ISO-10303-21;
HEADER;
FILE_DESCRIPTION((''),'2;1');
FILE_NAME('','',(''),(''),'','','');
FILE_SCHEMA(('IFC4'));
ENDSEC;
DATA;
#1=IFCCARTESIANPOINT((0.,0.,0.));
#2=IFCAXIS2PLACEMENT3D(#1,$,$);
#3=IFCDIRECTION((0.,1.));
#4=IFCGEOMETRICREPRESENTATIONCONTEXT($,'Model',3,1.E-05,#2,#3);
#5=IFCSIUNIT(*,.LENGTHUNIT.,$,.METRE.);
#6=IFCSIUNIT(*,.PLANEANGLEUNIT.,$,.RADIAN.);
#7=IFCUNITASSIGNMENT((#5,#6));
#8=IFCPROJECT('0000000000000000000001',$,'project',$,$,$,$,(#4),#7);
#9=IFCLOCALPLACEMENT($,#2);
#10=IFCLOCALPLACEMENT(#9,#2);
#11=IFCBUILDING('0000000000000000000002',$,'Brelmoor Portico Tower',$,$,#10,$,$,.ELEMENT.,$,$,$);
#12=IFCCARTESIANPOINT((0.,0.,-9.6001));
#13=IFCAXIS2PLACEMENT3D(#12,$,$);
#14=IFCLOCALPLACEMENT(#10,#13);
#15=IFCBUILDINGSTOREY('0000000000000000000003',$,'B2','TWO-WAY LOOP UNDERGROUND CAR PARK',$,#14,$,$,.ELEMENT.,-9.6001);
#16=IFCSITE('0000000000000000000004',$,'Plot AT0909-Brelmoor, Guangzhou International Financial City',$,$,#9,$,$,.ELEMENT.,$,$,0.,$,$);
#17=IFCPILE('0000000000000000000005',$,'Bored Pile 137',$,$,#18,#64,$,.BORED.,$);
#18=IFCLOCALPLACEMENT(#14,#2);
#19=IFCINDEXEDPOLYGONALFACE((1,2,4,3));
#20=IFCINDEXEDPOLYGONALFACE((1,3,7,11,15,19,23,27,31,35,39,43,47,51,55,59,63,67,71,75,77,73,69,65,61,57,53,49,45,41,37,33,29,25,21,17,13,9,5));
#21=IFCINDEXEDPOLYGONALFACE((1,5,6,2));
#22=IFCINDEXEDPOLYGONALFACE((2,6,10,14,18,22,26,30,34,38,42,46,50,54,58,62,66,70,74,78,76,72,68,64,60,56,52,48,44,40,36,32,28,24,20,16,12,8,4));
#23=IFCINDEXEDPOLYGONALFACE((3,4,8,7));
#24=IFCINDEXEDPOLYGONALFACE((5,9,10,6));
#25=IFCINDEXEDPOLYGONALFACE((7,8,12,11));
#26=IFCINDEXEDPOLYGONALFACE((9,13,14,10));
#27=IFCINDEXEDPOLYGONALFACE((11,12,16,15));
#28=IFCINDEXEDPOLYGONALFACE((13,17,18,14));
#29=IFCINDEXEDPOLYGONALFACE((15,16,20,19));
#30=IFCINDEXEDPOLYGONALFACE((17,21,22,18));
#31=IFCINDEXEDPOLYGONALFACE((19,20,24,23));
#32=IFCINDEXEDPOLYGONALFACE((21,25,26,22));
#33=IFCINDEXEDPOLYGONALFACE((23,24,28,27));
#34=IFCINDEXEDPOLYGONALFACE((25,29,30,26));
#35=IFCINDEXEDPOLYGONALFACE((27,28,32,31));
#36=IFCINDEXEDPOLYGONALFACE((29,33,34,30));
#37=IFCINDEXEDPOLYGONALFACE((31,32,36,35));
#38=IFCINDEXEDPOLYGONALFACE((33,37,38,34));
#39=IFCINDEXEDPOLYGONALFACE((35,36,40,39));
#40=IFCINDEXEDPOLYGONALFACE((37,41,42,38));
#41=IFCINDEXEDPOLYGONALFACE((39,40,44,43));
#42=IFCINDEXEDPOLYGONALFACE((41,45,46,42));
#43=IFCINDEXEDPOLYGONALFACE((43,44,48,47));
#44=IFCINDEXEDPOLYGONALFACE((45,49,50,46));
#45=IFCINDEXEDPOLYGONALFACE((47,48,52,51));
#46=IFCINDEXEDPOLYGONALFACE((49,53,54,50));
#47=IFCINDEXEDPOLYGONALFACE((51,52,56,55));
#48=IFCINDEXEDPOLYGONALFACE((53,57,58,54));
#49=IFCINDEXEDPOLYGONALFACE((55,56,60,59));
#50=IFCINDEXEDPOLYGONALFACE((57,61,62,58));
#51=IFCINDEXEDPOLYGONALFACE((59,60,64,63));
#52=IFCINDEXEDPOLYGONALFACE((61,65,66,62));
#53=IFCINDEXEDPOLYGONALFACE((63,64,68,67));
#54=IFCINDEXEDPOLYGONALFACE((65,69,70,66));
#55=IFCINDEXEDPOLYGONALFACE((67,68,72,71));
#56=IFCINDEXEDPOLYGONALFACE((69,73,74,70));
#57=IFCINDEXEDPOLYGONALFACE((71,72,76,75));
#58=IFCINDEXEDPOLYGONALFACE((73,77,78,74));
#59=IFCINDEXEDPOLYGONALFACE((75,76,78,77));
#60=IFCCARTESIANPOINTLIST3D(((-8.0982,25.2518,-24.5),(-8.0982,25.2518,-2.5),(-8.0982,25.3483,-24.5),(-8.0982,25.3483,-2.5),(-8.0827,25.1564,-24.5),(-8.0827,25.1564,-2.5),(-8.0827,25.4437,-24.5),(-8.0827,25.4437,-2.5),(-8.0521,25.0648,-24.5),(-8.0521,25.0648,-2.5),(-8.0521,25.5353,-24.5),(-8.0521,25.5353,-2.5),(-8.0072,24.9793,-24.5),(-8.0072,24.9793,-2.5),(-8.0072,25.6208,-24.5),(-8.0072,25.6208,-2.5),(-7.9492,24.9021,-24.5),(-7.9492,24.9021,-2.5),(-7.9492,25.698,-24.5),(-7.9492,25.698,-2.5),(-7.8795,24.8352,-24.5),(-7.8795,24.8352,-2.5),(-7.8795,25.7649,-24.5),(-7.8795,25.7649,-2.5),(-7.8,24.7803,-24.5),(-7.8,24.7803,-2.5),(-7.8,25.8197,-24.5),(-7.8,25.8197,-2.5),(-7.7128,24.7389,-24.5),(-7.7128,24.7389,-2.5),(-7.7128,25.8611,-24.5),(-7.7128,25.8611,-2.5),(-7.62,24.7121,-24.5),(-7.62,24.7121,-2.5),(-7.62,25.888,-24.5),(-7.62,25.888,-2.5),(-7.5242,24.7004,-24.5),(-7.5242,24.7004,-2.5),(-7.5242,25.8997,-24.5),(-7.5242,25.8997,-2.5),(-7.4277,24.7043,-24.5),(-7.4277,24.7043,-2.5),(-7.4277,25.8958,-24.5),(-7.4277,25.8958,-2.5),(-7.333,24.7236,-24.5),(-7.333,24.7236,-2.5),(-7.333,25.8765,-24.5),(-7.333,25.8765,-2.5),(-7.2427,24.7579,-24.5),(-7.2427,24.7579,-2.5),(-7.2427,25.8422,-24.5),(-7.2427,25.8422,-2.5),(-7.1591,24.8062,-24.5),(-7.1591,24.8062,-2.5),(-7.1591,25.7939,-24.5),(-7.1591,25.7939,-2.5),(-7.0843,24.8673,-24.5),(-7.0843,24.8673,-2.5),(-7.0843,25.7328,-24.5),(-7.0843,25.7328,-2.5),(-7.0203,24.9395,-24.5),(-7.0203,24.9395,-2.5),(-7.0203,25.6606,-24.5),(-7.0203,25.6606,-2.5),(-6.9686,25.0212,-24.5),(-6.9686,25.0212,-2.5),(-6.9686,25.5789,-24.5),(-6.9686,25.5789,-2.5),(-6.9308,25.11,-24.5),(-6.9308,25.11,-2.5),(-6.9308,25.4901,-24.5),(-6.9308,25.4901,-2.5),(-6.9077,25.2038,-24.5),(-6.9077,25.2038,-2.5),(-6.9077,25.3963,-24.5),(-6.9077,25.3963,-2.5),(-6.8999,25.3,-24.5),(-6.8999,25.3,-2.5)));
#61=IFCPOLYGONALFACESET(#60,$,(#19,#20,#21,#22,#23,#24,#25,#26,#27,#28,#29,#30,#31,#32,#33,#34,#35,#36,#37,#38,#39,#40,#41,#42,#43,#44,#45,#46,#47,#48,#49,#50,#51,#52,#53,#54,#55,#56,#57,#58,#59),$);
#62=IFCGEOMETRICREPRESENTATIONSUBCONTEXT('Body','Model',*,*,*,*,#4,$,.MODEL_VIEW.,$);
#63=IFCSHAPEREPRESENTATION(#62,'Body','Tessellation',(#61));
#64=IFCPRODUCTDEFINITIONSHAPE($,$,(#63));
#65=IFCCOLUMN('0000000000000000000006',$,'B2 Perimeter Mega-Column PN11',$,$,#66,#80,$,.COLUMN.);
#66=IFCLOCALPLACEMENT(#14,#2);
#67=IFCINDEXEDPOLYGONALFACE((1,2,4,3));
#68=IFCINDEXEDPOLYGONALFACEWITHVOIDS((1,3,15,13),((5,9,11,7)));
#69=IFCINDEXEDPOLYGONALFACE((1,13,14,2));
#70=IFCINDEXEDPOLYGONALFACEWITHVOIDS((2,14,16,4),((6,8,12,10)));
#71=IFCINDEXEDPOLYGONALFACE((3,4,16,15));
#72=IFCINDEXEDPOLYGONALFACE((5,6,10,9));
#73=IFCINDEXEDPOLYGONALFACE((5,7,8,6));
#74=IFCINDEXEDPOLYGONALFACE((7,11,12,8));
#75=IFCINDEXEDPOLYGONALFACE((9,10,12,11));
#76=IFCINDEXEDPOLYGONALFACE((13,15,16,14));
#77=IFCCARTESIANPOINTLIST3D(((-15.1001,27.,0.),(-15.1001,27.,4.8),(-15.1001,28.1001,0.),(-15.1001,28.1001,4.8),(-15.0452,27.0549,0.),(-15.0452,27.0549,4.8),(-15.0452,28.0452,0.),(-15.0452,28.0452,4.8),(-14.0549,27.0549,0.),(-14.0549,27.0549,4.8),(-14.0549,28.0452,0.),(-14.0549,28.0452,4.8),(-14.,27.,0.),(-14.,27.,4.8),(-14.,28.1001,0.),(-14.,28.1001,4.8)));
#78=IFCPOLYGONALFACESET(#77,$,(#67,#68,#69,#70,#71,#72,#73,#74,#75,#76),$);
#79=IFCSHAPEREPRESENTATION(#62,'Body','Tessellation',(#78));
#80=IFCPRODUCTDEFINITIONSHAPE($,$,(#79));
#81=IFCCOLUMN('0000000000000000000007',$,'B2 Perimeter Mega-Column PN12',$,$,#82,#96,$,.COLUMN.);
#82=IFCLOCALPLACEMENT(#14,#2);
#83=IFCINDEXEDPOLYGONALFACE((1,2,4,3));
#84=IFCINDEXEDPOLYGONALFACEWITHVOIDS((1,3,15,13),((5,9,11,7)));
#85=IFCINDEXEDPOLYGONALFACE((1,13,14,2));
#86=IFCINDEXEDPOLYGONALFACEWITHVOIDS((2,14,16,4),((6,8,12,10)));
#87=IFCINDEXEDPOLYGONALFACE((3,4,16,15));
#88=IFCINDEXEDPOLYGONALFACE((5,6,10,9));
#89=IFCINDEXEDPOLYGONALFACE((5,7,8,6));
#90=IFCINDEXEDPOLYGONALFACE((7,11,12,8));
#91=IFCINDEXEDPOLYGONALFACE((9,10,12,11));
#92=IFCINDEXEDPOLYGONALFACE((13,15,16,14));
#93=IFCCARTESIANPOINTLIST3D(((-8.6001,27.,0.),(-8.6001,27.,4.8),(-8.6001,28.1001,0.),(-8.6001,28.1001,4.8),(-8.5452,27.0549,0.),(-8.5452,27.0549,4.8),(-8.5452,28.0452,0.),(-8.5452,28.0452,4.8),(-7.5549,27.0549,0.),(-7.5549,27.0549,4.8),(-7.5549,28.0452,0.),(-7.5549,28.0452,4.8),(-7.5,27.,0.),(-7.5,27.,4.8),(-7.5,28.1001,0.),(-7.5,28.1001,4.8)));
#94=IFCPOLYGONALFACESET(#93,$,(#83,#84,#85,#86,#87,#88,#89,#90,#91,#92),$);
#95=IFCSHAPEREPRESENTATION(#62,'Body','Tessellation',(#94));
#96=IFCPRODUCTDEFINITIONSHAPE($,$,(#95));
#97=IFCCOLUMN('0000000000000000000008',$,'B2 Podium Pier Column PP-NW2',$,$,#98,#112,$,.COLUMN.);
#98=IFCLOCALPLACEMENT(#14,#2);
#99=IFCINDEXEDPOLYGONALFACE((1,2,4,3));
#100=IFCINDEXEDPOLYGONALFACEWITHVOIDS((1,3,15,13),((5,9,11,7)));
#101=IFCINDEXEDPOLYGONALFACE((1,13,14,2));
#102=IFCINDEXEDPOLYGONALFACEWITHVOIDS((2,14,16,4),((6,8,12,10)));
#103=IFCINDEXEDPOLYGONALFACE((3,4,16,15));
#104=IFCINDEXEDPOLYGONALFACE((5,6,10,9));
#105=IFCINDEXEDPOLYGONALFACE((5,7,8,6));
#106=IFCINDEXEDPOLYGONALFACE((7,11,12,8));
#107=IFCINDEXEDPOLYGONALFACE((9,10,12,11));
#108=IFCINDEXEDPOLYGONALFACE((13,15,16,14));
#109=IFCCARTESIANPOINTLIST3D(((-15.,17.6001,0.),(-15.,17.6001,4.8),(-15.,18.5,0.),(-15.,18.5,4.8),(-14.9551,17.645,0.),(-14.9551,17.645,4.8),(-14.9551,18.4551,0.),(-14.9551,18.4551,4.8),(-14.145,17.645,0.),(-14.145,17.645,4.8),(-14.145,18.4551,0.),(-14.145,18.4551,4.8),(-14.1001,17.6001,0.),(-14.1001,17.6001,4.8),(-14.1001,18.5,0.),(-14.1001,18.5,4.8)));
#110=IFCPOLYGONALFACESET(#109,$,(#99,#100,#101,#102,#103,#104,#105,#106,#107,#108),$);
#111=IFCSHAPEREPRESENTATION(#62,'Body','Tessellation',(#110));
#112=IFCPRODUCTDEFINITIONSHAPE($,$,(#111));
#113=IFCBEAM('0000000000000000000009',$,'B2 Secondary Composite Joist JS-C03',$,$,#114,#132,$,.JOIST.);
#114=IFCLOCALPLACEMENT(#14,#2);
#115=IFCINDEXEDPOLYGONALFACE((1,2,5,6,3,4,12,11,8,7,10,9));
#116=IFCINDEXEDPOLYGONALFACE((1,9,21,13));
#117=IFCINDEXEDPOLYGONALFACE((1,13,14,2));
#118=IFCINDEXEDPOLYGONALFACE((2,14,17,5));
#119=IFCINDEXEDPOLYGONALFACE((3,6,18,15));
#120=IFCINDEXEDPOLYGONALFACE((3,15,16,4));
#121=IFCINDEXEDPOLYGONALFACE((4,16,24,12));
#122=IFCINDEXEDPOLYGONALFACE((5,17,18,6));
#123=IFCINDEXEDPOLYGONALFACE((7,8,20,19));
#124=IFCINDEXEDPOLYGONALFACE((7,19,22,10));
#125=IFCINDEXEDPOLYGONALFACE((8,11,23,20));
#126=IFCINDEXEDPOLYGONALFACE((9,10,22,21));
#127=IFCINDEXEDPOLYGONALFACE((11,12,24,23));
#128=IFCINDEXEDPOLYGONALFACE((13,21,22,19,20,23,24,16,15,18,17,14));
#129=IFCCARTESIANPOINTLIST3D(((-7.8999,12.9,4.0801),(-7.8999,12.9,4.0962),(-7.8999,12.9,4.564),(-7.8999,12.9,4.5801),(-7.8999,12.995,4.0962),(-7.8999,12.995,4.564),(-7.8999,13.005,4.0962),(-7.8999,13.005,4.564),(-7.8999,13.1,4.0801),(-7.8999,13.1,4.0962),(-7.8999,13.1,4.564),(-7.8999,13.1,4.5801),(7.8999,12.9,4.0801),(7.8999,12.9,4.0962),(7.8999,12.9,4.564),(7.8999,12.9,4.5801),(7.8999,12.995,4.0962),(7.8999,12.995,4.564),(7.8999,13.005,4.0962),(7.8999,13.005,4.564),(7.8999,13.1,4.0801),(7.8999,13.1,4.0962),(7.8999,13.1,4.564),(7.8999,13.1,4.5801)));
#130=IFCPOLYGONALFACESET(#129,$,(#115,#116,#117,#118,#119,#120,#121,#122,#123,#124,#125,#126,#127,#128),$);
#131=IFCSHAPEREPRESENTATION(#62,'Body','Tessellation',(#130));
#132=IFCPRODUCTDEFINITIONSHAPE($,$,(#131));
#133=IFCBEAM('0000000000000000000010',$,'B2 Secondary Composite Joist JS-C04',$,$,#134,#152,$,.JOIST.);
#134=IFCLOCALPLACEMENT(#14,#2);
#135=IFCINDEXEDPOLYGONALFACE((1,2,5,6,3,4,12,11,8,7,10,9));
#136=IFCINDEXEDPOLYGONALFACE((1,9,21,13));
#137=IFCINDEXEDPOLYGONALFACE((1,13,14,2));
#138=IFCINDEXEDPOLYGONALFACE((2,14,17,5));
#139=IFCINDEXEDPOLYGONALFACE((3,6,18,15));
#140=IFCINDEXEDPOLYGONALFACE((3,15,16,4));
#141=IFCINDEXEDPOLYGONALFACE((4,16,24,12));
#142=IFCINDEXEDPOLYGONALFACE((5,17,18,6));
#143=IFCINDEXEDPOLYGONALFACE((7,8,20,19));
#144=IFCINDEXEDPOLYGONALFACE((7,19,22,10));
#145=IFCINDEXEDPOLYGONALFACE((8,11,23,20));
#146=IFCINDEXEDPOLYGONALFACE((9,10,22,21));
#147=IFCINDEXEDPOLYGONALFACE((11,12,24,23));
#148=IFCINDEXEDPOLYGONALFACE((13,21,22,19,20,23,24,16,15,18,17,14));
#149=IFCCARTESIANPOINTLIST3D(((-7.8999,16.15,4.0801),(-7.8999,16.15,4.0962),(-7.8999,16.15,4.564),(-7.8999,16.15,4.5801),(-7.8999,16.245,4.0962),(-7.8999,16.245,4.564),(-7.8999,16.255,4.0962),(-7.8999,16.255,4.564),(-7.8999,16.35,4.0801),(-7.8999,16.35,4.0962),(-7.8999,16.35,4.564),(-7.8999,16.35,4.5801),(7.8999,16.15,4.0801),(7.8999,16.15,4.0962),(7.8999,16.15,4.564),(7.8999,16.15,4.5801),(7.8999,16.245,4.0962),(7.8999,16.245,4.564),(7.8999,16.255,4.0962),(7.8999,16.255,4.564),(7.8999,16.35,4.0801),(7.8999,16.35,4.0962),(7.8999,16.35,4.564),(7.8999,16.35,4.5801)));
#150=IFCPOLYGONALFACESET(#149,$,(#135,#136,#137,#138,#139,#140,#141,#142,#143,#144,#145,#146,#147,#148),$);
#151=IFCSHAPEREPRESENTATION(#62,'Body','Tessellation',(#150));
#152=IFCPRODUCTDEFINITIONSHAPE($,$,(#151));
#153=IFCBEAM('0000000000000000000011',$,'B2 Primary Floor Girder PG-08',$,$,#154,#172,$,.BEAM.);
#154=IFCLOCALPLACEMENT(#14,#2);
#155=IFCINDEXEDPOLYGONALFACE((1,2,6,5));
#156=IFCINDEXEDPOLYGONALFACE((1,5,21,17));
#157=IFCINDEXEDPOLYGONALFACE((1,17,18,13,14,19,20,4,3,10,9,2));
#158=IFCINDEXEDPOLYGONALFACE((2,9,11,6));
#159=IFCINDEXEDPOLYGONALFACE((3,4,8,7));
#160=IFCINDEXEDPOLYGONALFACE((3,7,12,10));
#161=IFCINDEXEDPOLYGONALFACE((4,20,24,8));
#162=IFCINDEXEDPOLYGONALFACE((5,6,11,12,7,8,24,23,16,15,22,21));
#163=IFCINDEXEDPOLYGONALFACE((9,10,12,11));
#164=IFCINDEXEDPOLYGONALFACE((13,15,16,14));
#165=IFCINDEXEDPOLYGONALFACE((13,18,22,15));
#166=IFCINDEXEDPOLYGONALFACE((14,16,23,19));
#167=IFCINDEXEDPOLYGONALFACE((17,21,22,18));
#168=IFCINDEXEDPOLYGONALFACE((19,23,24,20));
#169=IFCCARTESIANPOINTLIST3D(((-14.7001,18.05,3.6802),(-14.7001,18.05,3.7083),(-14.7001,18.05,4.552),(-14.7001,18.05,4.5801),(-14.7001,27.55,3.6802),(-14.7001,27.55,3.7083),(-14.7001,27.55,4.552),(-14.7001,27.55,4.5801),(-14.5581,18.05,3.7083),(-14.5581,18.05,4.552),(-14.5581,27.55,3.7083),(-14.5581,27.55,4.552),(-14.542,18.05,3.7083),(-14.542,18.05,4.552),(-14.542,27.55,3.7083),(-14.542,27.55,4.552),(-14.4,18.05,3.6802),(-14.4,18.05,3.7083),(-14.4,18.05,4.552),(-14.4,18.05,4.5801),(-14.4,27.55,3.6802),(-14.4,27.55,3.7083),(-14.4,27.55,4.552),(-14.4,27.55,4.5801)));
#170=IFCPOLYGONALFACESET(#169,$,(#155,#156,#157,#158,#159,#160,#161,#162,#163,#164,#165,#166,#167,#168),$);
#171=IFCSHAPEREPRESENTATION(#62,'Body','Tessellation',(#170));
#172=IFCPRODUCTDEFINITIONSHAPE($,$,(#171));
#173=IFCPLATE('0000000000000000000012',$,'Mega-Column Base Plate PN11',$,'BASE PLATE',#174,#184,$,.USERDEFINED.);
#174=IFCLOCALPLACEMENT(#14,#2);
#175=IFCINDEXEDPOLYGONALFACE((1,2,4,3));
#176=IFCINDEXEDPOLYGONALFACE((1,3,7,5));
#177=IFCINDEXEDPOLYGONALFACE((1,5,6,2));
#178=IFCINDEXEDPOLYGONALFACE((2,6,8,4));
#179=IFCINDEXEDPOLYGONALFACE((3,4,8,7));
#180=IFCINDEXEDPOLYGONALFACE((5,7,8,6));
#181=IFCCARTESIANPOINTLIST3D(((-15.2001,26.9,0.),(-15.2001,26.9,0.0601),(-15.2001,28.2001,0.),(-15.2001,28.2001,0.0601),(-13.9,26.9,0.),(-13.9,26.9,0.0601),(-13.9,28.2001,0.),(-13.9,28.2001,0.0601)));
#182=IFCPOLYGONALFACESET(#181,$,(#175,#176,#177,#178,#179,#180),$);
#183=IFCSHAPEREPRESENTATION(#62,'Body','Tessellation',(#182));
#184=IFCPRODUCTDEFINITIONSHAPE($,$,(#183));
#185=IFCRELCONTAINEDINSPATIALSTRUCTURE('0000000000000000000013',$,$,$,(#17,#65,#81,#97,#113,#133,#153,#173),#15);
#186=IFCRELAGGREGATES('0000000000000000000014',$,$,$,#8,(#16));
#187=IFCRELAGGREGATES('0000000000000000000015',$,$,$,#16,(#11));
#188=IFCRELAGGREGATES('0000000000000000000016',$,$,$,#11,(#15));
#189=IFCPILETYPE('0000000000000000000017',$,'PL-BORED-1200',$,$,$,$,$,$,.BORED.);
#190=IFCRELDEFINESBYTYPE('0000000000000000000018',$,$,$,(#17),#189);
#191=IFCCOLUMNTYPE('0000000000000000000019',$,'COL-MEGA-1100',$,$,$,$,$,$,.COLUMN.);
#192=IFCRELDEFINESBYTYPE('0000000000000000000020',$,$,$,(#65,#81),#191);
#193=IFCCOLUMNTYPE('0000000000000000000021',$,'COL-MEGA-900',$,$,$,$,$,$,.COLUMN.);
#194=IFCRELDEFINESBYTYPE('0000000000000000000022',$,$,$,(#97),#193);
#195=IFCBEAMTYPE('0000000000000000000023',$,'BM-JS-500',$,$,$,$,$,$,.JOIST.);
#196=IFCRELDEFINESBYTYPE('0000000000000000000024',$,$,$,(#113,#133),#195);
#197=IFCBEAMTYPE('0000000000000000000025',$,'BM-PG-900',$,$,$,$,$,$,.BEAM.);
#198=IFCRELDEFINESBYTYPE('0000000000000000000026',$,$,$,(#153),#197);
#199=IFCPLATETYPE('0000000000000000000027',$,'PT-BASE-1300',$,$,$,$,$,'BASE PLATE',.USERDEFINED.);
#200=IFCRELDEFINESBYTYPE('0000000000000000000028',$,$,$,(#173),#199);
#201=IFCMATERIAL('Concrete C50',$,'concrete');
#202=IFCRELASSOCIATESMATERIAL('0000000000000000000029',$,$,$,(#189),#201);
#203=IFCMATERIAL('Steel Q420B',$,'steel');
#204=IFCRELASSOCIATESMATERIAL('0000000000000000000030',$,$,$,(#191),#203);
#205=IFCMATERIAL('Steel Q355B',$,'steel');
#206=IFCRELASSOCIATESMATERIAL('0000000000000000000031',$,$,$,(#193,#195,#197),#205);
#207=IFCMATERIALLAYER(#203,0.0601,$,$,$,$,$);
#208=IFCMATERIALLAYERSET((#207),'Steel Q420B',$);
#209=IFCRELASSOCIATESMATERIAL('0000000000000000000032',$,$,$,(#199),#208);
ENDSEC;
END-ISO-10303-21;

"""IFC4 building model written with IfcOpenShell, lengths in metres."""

from ifc_helpers import new_model, si_unit, direction, frame, origin, origin_2d, place, context, subcontext, project, spatial, rectangle, hollow_rectangle, circle, i_section, extrude, material, layer, layer_set, material_profile, profile_set, type_object, element, save


model = new_model("IFC4")

# Units and contexts
model_context = context("Model", 3, precision=1e-05, world=origin(), true_north=direction((0.0, 1.0)))
body_context = subcontext(model_context, "Body", "Model", "MODEL_VIEW")
ifc_project = project(units=[si_unit("LENGTHUNIT", "METRE"), si_unit("PLANEANGLEUNIT", "RADIAN")], contexts=[model_context])

# Site, building, storey
site_placement = place(None, origin())
site = spatial("IfcSite", under=ifc_project, at=site_placement, Name="Plot AT0909-Brelmoor, Guangzhou International Financial City", CompositionType="ELEMENT", RefElevation=0.0)
building_placement = place(site_placement, origin())
building = spatial("IfcBuilding", under=site, at=building_placement, Name="Brelmoor Portico Tower", CompositionType="ELEMENT")
storey_placement = place(building_placement, frame((0.0, 0.0, -9.6001)))
storey = spatial("IfcBuildingStorey", under=building, at=storey_placement, Name="B2", Description="TWO-WAY LOOP UNDERGROUND CAR PARK", CompositionType="ELEMENT", Elevation=-9.6001)

# Shared definitions
ifc_material_1 = material(Name="Concrete C50", Category="concrete")

# Pile
ifc_material_profile_1 = material_profile(ifc_material_1, circle(Radius=0.6001, at=origin_2d()), Name="BORED PILE D1200")
ifc_profile_set_1 = profile_set([ifc_material_profile_1], Name="Concrete C50")
pile_type = type_object("IfcPileType", Name="PL-BORED-1200", PredefinedType="BORED", material=ifc_profile_set_1)
for number, where, z_axis, x_axis, name in (
    (1, (-7.5, 25.3, -2.5), (0.0, 0.0, -1.0), (1.0, 0.0, 0.0), "Bored Pile 137"),
):
    element("IfcPile", number, at=place(storey_placement, frame(where, z_axis=z_axis, x_axis=x_axis)), inside=storey, type_object=pile_type, Name=name, PredefinedType="BORED", context=body_context, shape_type="SweptSolid", body=[
        extrude(circle(Radius=0.6001, at=origin_2d()), origin(), (0.0, 0.0, 1.0), 22.0),
    ])

# Columns
ifc_material_2 = material(Name="Steel Q420B", Category="steel")
ifc_material_profile_2 = material_profile(ifc_material_2, hollow_rectangle(XDim=1.1001, YDim=1.1001, WallThickness=0.0549, at=origin_2d()), Name="BOX 1100x1100x55")
ifc_profile_set_2 = profile_set([ifc_material_profile_2], Name="Steel Q420B")
column_type_1 = type_object("IfcColumnType", Name="COL-MEGA-1100", PredefinedType="COLUMN", material=ifc_profile_set_2)
for number, where, z_axis, x_axis, name in (
    (2, (-14.55, 27.55, 0.0), (0.0, 0.0, 1.0), (1.0, 0.0, 0.0), "B2 Perimeter Mega-Column PN11"),
    (3, (-8.05, 27.55, 0.0), (0.0, 0.0, 1.0), (1.0, 0.0, 0.0), "B2 Perimeter Mega-Column PN12"),
):
    element("IfcColumn", number, at=place(storey_placement, frame(where, z_axis=z_axis, x_axis=x_axis)), inside=storey, type_object=column_type_1, Name=name, PredefinedType="COLUMN", context=body_context, shape_type="SweptSolid", body=[
        extrude(hollow_rectangle(XDim=1.1001, YDim=1.1001, WallThickness=0.0549, at=origin_2d()), origin(), (0.0, 0.0, 1.0), 4.8),
    ])
ifc_material_3 = material(Name="Steel Q355B", Category="steel")
ifc_material_profile_3 = material_profile(ifc_material_3, hollow_rectangle(XDim=0.8999, YDim=0.8999, WallThickness=0.0449, at=origin_2d()), Name="BOX 900x900x45")
ifc_profile_set_3 = profile_set([ifc_material_profile_3], Name="Steel Q355B")
column_type_2 = type_object("IfcColumnType", Name="COL-MEGA-900", PredefinedType="COLUMN", material=ifc_profile_set_3)
column_placement = place(storey_placement, frame((-14.55, 18.05, 0.0), z_axis=(0.0, 0.0, 1.0), x_axis=(1.0, 0.0, 0.0)))
element("IfcColumn", 4, at=column_placement, inside=storey, type_object=column_type_2, Name="B2 Podium Pier Column PP-NW2", PredefinedType="COLUMN", context=body_context, shape_type="SweptSolid", body=[
    extrude(hollow_rectangle(XDim=0.8999, YDim=0.8999, WallThickness=0.0449, at=origin_2d()), origin(), (0.0, 0.0, 1.0), 4.8),
])

# Beams
ifc_material_profile_4 = material_profile(ifc_material_3, i_section(OverallWidth=0.2, OverallDepth=0.5, WebThickness=0.01, FlangeThickness=0.0161, at=origin_2d()), Name="HN 500x200x10x16")
ifc_profile_set_4 = profile_set([ifc_material_profile_4], Name="Steel Q355B")
beam_type_1 = type_object("IfcBeamType", Name="BM-JS-500", PredefinedType="JOIST", material=ifc_profile_set_4)
for number, where, z_axis, x_axis, name in (
    (5, (-7.8999, 13.0, 4.3301), (1.0, 0.0, 0.0), (0.0, 1.0, 0.0), "B2 Secondary Composite Joist JS-C03"),
    (6, (-7.8999, 16.25, 4.3301), (1.0, 0.0, 0.0), (0.0, 1.0, 0.0), "B2 Secondary Composite Joist JS-C04"),
):
    element("IfcBeam", number, at=place(storey_placement, frame(where, z_axis=z_axis, x_axis=x_axis)), inside=storey, type_object=beam_type_1, Name=name, PredefinedType="JOIST", context=body_context, shape_type="SweptSolid", body=[
        extrude(i_section(OverallWidth=0.2, OverallDepth=0.5, WebThickness=0.01, FlangeThickness=0.0161, at=origin_2d()), origin(), (0.0, 0.0, 1.0), 15.7998),
    ])
ifc_material_profile_5 = material_profile(ifc_material_3, i_section(OverallWidth=0.3, OverallDepth=0.8999, WebThickness=0.0161, FlangeThickness=0.0281, at=origin_2d()), Name="HN 900x300x16x28")
ifc_profile_set_5 = profile_set([ifc_material_profile_5], Name="Steel Q355B")
beam_type_2 = type_object("IfcBeamType", Name="BM-PG-900", PredefinedType="BEAM", material=ifc_profile_set_5)
beam_placement = place(storey_placement, frame((-14.55, 18.05, 4.1301), z_axis=(0.0, 1.0, 0.0), x_axis=(-1.0, 0.0, 0.0)))
element("IfcBeam", 7, at=beam_placement, inside=storey, type_object=beam_type_2, Name="B2 Primary Floor Girder PG-08", PredefinedType="BEAM", context=body_context, shape_type="SweptSolid", body=[
    extrude(i_section(OverallWidth=0.3, OverallDepth=0.8999, WebThickness=0.0161, FlangeThickness=0.0281, at=origin_2d()), origin(), (0.0, 0.0, 1.0), 9.5),
])

# Plate
ifc_layer_1 = layer(ifc_material_2, 0.0601)
ifc_layer_set_1 = layer_set([ifc_layer_1], Name="Steel Q420B")
plate_type = type_object("IfcPlateType", Name="PT-BASE-1300", ElementType="BASE PLATE", PredefinedType="USERDEFINED", material=ifc_layer_set_1)
for number, where, z_axis, x_axis, name in (
    (8, (-14.55, 27.55, 0.0), (0.0, 0.0, 1.0), (1.0, 0.0, 0.0), "Mega-Column Base Plate PN11"),
):
    element("IfcPlate", number, at=place(storey_placement, frame(where, z_axis=z_axis, x_axis=x_axis)), inside=storey, type_object=plate_type, Name=name, ObjectType="BASE PLATE", PredefinedType="USERDEFINED", context=body_context, shape_type="SweptSolid", body=[
        extrude(rectangle(XDim=1.3, YDim=1.3, at=origin_2d()), origin(), (0.0, 0.0, 1.0), 0.0601),
    ])

save(model, "model.ifc")
